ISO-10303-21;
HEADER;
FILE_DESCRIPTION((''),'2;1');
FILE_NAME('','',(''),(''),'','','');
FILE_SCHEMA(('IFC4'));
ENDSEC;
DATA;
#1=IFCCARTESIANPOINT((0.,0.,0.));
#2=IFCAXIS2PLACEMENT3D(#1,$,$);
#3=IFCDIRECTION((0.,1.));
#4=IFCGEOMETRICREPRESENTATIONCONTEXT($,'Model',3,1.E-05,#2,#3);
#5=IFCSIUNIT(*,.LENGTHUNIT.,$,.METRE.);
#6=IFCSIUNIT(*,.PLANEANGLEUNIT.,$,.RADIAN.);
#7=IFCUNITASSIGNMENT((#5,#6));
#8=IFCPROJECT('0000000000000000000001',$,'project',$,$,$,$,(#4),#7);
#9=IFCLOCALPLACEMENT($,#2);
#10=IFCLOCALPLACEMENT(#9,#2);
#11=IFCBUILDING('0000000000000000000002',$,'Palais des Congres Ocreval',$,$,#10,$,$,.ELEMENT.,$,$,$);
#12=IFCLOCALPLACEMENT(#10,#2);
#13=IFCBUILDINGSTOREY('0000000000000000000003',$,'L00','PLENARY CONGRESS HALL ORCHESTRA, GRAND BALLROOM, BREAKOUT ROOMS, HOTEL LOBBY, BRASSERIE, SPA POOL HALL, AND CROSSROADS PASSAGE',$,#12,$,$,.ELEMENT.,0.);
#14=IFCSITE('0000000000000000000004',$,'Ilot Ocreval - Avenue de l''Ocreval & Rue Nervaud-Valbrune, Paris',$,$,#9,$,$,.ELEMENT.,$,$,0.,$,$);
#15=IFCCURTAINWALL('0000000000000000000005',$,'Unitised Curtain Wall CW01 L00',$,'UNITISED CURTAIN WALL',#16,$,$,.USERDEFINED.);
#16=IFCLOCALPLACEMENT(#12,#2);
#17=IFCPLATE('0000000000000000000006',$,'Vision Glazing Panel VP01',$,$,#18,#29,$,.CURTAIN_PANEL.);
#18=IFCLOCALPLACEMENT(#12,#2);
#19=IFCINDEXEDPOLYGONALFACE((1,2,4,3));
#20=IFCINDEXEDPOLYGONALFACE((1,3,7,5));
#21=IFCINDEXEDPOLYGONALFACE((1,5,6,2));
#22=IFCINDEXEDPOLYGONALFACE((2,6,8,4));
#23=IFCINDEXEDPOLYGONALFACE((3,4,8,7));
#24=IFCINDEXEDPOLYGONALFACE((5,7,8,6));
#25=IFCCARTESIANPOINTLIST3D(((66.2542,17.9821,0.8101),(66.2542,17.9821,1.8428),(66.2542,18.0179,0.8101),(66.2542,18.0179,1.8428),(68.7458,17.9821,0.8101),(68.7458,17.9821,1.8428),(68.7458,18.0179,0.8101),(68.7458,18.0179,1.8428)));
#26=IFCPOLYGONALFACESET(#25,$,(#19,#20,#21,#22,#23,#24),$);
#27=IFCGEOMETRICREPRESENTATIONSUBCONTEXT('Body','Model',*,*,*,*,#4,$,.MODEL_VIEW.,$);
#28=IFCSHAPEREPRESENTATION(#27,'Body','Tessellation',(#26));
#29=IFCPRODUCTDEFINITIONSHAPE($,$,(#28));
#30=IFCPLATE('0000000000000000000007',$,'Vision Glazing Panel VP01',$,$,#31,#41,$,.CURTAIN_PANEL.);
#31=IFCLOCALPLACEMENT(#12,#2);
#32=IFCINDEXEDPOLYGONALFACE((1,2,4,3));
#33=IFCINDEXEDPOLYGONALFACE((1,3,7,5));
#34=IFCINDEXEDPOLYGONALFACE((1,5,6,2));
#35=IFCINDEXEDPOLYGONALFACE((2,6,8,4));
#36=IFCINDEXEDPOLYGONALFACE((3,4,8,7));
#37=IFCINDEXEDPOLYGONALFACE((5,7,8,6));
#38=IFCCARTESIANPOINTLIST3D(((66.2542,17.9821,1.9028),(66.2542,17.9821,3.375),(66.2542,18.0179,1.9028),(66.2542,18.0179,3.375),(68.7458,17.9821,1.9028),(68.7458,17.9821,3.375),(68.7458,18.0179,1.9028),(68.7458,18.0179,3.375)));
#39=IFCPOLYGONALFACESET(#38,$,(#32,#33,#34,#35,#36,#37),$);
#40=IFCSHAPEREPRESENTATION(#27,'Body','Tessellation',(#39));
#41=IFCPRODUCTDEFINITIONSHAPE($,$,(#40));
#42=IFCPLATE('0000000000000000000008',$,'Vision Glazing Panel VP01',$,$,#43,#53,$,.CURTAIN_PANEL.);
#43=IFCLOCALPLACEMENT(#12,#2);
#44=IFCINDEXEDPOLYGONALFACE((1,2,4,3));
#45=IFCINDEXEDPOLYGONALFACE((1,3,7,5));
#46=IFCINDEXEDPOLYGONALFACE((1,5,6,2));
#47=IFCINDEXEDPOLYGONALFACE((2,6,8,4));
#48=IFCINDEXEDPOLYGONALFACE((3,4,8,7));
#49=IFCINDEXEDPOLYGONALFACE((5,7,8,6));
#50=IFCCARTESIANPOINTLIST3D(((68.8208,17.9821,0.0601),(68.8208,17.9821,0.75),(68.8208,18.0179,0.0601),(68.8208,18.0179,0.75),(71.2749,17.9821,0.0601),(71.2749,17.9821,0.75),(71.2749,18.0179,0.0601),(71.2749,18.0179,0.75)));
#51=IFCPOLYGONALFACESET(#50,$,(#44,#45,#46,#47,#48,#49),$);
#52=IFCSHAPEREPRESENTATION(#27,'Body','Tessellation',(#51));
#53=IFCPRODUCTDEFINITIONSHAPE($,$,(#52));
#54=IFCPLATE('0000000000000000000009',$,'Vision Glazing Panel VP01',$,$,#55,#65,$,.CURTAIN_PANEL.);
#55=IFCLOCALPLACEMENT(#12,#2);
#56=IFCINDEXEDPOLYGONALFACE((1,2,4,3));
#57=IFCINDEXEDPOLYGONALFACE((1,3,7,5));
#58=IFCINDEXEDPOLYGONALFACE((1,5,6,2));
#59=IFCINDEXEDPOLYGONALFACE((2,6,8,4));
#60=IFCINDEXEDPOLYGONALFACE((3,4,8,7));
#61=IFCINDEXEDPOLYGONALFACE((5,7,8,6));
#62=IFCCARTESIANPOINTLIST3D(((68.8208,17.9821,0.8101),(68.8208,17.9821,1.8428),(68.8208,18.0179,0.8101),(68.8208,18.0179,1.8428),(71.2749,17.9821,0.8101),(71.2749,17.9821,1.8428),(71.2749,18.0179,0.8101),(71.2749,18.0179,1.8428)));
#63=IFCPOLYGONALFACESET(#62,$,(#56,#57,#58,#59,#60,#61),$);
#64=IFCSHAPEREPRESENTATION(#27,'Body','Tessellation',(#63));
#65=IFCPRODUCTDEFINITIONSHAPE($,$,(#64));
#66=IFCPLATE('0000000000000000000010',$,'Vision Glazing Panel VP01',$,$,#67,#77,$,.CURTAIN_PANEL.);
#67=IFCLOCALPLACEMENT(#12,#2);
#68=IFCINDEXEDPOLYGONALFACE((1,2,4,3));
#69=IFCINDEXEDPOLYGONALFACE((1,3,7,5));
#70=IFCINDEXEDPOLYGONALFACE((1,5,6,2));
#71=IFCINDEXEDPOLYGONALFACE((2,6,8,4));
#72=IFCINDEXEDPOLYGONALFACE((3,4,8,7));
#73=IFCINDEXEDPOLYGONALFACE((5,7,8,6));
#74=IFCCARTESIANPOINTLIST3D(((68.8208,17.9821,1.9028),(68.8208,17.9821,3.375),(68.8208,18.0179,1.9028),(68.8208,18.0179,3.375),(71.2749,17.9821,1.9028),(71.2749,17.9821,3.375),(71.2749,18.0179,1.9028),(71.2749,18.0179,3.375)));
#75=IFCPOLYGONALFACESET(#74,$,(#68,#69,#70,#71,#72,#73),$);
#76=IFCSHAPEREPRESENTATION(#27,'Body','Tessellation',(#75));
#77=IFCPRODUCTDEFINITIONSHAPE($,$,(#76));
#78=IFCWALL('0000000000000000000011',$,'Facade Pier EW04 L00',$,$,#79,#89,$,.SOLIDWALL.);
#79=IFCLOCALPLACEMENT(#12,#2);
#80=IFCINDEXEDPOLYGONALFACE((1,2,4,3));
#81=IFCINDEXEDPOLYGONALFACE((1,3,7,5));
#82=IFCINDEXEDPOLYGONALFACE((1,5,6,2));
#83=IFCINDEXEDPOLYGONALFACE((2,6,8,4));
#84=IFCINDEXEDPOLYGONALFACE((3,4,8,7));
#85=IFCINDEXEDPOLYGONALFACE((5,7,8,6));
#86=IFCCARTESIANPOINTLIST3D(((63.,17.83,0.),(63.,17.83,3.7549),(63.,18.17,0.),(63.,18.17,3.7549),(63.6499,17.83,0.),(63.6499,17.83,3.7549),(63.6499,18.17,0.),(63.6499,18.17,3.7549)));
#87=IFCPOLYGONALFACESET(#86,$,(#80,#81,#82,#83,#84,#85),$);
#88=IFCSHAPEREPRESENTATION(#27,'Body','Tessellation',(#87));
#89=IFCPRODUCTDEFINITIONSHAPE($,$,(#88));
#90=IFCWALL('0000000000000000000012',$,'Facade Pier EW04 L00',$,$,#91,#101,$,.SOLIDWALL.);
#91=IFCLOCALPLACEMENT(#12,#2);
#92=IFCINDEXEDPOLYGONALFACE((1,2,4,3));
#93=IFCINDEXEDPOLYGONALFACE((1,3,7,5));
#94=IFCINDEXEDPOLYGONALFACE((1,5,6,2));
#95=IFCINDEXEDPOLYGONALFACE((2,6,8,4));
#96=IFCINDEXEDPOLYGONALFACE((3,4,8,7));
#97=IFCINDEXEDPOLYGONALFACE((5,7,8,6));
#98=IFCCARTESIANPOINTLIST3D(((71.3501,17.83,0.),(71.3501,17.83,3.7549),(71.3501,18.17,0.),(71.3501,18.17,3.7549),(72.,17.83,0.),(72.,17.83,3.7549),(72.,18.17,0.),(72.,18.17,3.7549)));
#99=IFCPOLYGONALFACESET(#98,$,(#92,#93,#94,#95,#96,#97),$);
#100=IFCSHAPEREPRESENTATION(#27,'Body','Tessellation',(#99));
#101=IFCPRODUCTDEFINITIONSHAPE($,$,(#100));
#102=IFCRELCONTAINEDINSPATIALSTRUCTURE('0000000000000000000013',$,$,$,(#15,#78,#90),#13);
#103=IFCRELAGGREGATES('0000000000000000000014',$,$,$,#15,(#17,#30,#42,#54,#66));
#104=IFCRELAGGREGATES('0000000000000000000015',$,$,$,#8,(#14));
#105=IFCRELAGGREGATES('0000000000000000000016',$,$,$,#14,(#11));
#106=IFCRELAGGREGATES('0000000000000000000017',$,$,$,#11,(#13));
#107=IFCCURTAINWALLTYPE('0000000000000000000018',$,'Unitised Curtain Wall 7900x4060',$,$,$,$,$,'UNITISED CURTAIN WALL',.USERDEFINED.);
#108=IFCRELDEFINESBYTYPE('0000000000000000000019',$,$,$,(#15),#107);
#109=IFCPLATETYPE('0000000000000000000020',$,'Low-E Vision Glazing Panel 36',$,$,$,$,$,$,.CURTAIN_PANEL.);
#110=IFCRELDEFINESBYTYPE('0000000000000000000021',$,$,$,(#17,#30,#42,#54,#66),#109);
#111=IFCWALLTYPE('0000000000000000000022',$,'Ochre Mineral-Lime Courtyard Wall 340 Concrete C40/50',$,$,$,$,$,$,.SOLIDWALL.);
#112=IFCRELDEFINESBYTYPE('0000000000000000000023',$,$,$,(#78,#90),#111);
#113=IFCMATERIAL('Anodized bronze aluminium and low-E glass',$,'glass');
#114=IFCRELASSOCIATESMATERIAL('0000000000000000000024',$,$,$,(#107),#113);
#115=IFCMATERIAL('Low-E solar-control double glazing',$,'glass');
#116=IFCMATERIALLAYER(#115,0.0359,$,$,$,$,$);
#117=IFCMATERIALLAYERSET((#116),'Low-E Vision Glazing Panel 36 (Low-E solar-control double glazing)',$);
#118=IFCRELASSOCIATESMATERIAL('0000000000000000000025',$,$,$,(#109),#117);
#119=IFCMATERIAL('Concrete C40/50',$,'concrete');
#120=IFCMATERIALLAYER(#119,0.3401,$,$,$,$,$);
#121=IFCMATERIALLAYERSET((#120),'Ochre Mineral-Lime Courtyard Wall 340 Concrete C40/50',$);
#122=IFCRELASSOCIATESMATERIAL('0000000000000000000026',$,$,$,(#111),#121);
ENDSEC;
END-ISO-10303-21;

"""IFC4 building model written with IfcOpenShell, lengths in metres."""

from ifc_helpers import new_model, si_unit, direction, frame, frame_2d, origin, origin_2d, place, context, subcontext, project, spatial, rectangle, extrude, material, layer, layer_set, type_object, element, aggregate, save


model = new_model("IFC4")

# Units and contexts
model_context = context("Model", 3, precision=1e-05, world=origin(), true_north=direction((0.0, 1.0)))
body_context = subcontext(model_context, "Body", "Model", "MODEL_VIEW")
ifc_project = project(units=[si_unit("LENGTHUNIT", "METRE"), si_unit("PLANEANGLEUNIT", "RADIAN")], contexts=[model_context])

# Site, building, storey
site_placement = place(None, origin())
site = spatial("IfcSite", under=ifc_project, at=site_placement, Name="Ilot Ocreval - Avenue de l'Ocreval & Rue Nervaud-Valbrune, Paris", CompositionType="ELEMENT", RefElevation=0.0)
building_placement = place(site_placement, origin())
building = spatial("IfcBuilding", under=site, at=building_placement, Name="Palais des Congres Ocreval", CompositionType="ELEMENT")
storey_placement = place(building_placement, origin())
storey = spatial("IfcBuildingStorey", under=building, at=storey_placement, Name="L00", Description="PLENARY CONGRESS HALL ORCHESTRA, GRAND BALLROOM, BREAKOUT ROOMS, HOTEL LOBBY, BRASSERIE, SPA POOL HALL, AND CROSSROADS PASSAGE", CompositionType="ELEMENT", Elevation=0.0)

# Shared definitions
ifc_material_1 = material(Name="Concrete C40/50", Category="concrete")

# Curtain wall
ifc_material_2 = material(Name="Anodized bronze aluminium and low-E glass", Category="glass")
curtain_wall_type = type_object("IfcCurtainWallType", Name="Unitised Curtain Wall 7900x4060", ElementType="UNITISED CURTAIN WALL", PredefinedType="USERDEFINED", material=ifc_material_2)
curtain_wall_placement = place(storey_placement, origin())
curtain_wall = element("IfcCurtainWall", 1, at=curtain_wall_placement, inside=storey, type_object=curtain_wall_type, Name="Unitised Curtain Wall CW01 L00", ObjectType="UNITISED CURTAIN WALL", PredefinedType="USERDEFINED")

# Plates
ifc_material_3 = material(Name="Low-E solar-control double glazing", Category="glass")
ifc_layer_1 = layer(ifc_material_3, 0.0359)
ifc_layer_set_1 = layer_set([ifc_layer_1], Name="Low-E Vision Glazing Panel 36 (Low-E solar-control double glazing)")
plate_type_1 = type_object("IfcPlateType", Name="Low-E Vision Glazing Panel 36", PredefinedType="CURTAIN_PANEL", material=ifc_layer_set_1)
plate_1_placement = place(storey_placement, frame((67.5, 18.0, 0.8101), z_axis=(0.0, 0.0, 1.0), x_axis=(1.0, 0.0, 0.0)))
plate_1 = element("IfcPlate", 2, at=plate_1_placement, type_object=plate_type_1, Name="Vision Glazing Panel VP01", PredefinedType="CURTAIN_PANEL", context=body_context, shape_type="SweptSolid", body=[
    extrude(rectangle(XDim=2.4917, YDim=0.0359, at=origin_2d()), origin(), (0.0, 0.0, 1.0), 1.0327),
])
plate_2_placement = place(storey_placement, frame((67.5, 18.0, 1.9028), z_axis=(0.0, 0.0, 1.0), x_axis=(1.0, 0.0, 0.0)))
plate_2 = element("IfcPlate", 3, at=plate_2_placement, type_object=plate_type_1, Name="Vision Glazing Panel VP01", PredefinedType="CURTAIN_PANEL", context=body_context, shape_type="SweptSolid", body=[
    extrude(rectangle(XDim=2.4917, YDim=0.0359, at=origin_2d()), origin(), (0.0, 0.0, 1.0), 1.4722),
])
plate_3_placement = place(storey_placement, frame((70.0479, 18.0, 0.0601), z_axis=(0.0, 0.0, 1.0), x_axis=(1.0, 0.0, 0.0)))
plate_3 = element("IfcPlate", 4, at=plate_3_placement, type_object=plate_type_1, Name="Vision Glazing Panel VP01", PredefinedType="CURTAIN_PANEL", context=body_context, shape_type="SweptSolid", body=[
    extrude(rectangle(XDim=2.4541, YDim=0.0359, at=origin_2d()), origin(), (0.0, 0.0, 1.0), 0.6899),
])
plate_4_placement = place(storey_placement, frame((70.0479, 18.0, 0.8101), z_axis=(0.0, 0.0, 1.0), x_axis=(1.0, 0.0, 0.0)))
plate_4 = element("IfcPlate", 5, at=plate_4_placement, type_object=plate_type_1, Name="Vision Glazing Panel VP01", PredefinedType="CURTAIN_PANEL", context=body_context, shape_type="SweptSolid", body=[
    extrude(rectangle(XDim=2.4541, YDim=0.0359, at=origin_2d()), origin(), (0.0, 0.0, 1.0), 1.0327),
])
plate_5_placement = place(storey_placement, frame((70.0479, 18.0, 1.9028), z_axis=(0.0, 0.0, 1.0), x_axis=(1.0, 0.0, 0.0)))
plate_5 = element("IfcPlate", 6, at=plate_5_placement, type_object=plate_type_1, Name="Vision Glazing Panel VP01", PredefinedType="CURTAIN_PANEL", context=body_context, shape_type="SweptSolid", body=[
    extrude(rectangle(XDim=2.4541, YDim=0.0359, at=origin_2d()), origin(), (0.0, 0.0, 1.0), 1.4722),
])
aggregate(curtain_wall, [plate_1, plate_2, plate_3, plate_4, plate_5])

# Walls
ifc_layer_2 = layer(ifc_material_1, 0.3401)
ifc_layer_set_2 = layer_set([ifc_layer_2], Name="Ochre Mineral-Lime Courtyard Wall 340 Concrete C40/50")
wall_type = type_object("IfcWallType", Name="Ochre Mineral-Lime Courtyard Wall 340 Concrete C40/50", PredefinedType="SOLIDWALL", material=ifc_layer_set_2)
for number, where, z_axis, x_axis, name in (
    (7, (63.0, 18.0, 0.0), (0.0, 0.0, 1.0), (1.0, 0.0, 0.0), "Facade Pier EW04 L00"),
    (8, (71.3501, 18.0, 0.0), (0.0, 0.0, 1.0), (1.0, 0.0, 0.0), "Facade Pier EW04 L00"),
):
    element("IfcWall", number, at=place(storey_placement, frame(where, z_axis=z_axis, x_axis=x_axis)), inside=storey, type_object=wall_type, Name=name, PredefinedType="SOLIDWALL", context=body_context, shape_type="SweptSolid", body=[
        extrude(rectangle(XDim=0.6499, YDim=0.3401, at=frame_2d((0.325, 0.0))), origin(), (0.0, 0.0, 1.0), 3.7549),
    ])

save(model, "model.ifc")
